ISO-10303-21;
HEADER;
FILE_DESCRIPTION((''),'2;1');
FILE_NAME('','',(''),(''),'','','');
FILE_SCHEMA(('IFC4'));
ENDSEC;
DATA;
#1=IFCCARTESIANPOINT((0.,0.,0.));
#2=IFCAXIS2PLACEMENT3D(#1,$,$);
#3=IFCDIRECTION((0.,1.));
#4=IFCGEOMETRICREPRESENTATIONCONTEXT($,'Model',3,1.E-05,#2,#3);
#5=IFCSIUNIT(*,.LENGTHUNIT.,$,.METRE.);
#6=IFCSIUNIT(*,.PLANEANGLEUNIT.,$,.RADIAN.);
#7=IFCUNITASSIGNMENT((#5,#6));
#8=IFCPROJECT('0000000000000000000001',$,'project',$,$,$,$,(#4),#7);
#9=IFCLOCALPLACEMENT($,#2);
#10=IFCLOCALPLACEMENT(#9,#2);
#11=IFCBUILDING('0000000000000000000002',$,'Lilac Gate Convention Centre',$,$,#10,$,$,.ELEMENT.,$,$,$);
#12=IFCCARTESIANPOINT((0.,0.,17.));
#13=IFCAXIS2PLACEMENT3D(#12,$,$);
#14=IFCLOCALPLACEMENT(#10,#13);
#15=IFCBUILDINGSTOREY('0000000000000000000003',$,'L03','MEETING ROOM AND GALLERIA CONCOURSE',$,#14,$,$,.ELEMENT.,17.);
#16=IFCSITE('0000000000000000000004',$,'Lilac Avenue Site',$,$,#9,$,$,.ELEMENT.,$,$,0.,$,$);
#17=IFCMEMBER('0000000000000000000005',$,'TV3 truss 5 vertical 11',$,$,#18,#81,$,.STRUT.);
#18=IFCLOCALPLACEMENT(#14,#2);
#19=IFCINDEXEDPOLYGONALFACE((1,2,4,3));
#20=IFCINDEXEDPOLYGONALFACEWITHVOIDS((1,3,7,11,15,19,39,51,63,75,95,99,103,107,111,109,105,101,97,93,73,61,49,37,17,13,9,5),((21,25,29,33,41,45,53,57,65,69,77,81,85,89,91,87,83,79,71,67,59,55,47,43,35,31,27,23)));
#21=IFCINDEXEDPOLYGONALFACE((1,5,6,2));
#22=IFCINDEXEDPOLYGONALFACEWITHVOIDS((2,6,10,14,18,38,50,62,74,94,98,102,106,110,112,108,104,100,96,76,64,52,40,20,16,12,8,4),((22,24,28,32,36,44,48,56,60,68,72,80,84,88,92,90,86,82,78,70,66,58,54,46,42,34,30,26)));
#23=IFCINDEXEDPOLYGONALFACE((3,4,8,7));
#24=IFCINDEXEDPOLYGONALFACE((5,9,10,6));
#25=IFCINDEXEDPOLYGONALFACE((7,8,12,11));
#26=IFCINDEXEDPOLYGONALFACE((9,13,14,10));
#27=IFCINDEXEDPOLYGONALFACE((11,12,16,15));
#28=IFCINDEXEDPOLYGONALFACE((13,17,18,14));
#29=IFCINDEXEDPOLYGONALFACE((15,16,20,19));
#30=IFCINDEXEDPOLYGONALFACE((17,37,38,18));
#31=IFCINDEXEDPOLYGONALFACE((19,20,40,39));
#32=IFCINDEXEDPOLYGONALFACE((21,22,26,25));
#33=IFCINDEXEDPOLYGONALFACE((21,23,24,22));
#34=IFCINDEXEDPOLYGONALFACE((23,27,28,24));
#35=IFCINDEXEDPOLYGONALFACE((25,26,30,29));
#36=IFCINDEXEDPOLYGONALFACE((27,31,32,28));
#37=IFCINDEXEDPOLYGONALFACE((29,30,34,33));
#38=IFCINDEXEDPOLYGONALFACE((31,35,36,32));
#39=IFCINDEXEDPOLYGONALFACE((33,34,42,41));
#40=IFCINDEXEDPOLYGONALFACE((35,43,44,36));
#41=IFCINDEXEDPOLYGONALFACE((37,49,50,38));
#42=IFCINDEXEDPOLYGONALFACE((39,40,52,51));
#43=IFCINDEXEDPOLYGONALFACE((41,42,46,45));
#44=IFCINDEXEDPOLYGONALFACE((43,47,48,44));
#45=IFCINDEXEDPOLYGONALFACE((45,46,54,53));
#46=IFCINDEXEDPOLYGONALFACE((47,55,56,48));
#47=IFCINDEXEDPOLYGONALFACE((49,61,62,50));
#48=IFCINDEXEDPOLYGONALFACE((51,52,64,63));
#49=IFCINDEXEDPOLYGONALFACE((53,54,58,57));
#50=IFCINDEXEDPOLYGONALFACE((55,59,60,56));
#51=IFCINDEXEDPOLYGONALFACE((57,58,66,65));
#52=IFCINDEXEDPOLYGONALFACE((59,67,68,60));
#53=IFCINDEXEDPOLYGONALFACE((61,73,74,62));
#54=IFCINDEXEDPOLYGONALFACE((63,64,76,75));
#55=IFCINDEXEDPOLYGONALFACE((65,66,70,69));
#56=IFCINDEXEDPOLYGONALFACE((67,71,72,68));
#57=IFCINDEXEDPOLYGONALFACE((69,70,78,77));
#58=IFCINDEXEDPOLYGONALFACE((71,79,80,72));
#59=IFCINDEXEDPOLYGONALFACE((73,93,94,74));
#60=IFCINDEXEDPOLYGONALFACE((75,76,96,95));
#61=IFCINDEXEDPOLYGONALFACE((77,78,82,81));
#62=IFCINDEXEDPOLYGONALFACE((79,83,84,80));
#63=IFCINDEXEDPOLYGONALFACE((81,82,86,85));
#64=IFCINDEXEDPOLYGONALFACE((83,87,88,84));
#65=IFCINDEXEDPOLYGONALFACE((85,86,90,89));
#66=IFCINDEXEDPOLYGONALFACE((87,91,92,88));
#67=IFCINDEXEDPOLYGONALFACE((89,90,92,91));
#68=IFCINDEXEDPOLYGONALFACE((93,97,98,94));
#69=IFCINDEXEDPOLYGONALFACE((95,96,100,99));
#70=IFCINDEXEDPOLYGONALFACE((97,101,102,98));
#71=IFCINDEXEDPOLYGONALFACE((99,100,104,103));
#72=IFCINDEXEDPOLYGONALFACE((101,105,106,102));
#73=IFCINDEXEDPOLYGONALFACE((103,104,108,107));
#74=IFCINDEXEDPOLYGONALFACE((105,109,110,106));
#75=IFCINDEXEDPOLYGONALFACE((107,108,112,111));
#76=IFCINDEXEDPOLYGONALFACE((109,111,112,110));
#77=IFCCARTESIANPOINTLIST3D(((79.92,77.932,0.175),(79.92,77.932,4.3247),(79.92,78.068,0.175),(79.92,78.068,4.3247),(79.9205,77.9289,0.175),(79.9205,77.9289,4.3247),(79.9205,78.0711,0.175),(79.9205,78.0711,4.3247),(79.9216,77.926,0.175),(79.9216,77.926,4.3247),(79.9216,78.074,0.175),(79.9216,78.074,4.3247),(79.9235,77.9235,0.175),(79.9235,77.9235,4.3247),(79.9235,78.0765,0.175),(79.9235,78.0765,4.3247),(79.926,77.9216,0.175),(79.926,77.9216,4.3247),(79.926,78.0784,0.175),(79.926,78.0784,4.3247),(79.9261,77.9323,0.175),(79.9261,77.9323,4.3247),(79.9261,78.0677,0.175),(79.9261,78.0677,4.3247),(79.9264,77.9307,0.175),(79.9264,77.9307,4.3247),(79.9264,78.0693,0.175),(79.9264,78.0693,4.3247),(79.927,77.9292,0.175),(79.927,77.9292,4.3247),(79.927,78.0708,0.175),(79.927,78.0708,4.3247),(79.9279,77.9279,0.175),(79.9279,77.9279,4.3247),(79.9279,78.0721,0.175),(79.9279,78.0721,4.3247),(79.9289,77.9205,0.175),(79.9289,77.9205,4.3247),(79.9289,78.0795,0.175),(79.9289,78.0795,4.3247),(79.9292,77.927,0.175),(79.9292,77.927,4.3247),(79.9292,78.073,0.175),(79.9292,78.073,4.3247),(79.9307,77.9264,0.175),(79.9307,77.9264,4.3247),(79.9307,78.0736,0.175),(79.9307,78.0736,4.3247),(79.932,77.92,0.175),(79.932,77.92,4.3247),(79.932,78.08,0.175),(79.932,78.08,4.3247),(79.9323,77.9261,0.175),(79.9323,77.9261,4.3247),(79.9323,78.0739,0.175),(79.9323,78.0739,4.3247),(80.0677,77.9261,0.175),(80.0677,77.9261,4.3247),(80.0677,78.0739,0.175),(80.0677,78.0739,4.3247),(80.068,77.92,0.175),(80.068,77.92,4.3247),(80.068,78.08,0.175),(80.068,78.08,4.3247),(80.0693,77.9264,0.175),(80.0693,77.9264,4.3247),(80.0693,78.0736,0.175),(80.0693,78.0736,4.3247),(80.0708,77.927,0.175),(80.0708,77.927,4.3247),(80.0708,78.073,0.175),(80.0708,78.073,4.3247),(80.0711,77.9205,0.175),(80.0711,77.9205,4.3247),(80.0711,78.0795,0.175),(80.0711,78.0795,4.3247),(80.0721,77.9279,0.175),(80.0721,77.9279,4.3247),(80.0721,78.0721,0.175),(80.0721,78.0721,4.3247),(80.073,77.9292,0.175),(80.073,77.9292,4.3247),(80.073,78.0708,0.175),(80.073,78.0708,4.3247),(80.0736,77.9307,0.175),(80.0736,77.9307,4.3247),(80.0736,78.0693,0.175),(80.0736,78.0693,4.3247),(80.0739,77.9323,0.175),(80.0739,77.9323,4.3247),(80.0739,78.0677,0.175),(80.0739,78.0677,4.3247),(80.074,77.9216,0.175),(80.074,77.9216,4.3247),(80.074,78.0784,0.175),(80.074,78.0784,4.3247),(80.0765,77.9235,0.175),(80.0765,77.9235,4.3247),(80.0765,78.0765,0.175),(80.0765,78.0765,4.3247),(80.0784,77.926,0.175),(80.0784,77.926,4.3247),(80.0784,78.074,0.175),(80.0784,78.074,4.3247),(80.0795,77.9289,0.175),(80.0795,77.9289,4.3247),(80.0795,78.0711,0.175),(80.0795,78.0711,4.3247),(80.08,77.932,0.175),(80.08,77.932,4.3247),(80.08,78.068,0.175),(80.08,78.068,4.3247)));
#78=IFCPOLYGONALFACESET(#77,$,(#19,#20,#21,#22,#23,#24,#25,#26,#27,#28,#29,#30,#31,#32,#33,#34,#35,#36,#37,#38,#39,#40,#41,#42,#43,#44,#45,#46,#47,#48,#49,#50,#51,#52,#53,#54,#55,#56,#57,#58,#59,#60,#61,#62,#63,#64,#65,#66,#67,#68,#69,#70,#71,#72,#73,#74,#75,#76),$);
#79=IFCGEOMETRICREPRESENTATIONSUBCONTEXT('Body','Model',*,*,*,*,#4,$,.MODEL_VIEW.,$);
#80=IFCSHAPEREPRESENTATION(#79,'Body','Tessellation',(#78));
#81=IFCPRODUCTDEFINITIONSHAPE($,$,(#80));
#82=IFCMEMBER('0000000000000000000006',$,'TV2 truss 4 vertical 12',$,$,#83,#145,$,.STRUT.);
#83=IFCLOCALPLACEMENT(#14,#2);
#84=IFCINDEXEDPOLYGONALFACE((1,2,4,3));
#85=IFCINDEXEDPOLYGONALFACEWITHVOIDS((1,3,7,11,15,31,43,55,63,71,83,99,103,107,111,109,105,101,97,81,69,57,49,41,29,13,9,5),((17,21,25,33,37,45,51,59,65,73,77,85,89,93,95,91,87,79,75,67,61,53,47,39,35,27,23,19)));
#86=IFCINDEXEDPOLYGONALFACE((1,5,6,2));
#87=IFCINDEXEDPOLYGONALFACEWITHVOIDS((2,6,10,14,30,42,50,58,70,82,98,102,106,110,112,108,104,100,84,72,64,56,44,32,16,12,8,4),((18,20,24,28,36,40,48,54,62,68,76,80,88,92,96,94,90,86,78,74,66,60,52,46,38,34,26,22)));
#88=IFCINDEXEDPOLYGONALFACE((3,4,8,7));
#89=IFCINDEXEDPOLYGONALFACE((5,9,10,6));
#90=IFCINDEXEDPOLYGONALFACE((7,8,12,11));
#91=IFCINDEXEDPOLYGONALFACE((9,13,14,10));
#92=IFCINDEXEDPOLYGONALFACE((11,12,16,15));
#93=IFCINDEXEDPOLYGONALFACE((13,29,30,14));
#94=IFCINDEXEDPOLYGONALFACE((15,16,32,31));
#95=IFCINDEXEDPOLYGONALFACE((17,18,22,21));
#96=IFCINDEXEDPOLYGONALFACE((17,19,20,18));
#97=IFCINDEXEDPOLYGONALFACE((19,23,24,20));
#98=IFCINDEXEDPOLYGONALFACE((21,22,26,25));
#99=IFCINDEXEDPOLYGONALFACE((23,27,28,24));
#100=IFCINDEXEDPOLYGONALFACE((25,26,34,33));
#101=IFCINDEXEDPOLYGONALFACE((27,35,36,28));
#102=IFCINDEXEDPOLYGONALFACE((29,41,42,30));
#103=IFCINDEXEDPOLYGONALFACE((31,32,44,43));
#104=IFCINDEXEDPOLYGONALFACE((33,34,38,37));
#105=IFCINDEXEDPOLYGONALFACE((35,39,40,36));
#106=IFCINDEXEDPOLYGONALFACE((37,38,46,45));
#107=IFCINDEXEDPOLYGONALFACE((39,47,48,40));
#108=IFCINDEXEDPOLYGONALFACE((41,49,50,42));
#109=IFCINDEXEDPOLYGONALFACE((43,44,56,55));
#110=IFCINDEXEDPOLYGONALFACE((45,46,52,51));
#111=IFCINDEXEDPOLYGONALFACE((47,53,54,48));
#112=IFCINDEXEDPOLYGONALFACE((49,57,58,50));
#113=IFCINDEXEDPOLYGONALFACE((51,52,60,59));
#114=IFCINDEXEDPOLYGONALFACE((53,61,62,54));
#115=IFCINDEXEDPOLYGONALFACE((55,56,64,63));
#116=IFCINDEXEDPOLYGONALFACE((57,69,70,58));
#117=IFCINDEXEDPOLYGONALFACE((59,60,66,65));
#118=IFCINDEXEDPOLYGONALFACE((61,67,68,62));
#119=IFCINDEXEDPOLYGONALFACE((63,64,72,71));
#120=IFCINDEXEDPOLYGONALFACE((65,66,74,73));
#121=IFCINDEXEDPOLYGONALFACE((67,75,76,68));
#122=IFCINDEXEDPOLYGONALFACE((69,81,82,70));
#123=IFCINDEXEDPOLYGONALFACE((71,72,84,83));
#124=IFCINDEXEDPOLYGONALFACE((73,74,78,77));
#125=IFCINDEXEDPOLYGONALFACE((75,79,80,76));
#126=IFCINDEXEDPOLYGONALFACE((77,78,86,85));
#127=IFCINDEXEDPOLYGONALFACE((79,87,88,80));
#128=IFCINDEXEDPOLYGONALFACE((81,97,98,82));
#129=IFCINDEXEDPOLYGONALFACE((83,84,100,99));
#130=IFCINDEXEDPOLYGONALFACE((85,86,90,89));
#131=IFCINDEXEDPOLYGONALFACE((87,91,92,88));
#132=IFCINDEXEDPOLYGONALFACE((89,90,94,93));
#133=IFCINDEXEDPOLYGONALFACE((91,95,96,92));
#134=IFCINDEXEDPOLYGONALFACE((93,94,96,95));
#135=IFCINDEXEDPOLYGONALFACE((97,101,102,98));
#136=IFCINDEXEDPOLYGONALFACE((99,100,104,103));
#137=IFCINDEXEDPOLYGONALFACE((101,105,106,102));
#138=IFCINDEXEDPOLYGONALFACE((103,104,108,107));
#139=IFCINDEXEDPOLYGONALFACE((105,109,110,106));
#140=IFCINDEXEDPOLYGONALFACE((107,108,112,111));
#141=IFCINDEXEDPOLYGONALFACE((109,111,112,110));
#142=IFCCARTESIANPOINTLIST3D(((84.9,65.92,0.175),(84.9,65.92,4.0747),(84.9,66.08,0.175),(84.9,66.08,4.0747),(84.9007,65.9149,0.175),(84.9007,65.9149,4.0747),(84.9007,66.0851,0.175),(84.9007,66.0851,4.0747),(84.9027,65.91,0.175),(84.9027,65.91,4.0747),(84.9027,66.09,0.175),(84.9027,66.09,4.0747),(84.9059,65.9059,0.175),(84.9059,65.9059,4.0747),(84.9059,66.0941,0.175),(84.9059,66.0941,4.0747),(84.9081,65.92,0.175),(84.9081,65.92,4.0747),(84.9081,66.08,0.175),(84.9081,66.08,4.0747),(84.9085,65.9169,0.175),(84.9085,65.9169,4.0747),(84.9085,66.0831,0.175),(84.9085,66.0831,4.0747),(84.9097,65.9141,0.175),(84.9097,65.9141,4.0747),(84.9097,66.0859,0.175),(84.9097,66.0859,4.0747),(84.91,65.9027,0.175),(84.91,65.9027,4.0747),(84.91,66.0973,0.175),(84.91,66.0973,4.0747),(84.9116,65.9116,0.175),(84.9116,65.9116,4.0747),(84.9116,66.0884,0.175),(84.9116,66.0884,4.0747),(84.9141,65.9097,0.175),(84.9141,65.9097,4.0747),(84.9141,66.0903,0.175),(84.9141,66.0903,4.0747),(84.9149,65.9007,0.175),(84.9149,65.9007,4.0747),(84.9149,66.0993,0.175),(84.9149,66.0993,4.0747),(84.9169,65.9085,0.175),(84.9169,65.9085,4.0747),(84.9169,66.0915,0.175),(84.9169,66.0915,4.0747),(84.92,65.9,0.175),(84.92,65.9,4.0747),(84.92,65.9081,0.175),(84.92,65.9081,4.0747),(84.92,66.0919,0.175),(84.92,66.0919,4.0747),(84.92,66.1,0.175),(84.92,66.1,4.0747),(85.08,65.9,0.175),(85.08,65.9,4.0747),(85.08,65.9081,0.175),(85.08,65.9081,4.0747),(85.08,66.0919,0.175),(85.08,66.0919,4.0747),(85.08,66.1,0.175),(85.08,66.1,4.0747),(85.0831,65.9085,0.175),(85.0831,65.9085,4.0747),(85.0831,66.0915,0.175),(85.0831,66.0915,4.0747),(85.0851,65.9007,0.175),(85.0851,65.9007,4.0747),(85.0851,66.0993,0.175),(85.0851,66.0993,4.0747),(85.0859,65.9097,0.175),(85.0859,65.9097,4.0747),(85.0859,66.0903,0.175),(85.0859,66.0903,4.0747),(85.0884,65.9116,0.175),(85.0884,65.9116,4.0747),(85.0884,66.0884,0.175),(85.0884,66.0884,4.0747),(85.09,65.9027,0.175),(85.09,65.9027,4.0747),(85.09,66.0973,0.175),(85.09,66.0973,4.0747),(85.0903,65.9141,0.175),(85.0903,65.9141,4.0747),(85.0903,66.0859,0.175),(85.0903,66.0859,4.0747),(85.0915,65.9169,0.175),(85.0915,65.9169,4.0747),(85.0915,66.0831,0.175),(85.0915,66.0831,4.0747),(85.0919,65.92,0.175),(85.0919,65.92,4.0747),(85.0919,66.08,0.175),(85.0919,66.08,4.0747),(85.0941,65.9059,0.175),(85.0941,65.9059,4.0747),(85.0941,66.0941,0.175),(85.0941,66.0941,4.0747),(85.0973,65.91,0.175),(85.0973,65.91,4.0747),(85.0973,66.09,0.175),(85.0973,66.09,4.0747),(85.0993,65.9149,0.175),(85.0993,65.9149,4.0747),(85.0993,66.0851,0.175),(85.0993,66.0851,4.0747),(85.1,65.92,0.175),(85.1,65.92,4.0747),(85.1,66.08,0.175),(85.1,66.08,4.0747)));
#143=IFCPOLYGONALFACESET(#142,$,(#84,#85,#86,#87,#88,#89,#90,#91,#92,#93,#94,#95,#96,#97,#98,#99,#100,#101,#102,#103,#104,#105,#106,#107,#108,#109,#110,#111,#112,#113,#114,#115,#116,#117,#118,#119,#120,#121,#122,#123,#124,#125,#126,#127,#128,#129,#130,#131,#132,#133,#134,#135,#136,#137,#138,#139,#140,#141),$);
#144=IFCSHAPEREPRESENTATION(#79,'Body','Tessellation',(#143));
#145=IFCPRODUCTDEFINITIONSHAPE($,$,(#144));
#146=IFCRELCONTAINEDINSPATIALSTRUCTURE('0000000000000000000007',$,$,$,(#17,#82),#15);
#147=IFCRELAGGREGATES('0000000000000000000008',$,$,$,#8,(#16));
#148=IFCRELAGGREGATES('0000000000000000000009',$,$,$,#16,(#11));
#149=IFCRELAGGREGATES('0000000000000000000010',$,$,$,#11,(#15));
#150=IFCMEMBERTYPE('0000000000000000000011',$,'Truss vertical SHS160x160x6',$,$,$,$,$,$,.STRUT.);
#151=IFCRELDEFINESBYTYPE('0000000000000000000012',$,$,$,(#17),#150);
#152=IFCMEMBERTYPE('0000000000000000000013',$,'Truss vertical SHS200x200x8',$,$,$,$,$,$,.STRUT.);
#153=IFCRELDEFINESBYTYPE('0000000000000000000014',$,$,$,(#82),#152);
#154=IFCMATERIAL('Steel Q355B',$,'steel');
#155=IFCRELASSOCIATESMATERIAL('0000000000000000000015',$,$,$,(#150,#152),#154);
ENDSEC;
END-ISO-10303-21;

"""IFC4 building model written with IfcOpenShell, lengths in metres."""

from ifc_helpers import new_model, si_unit, direction, frame, origin, origin_2d, place, context, subcontext, project, spatial, hollow_rectangle, extrude, material, material_profile, profile_set, type_object, element, save


model = new_model("IFC4")

# Units and contexts
model_context = context("Model", 3, precision=1e-05, world=origin(), true_north=direction((0.0, 1.0)))
body_context = subcontext(model_context, "Body", "Model", "MODEL_VIEW")
ifc_project = project(units=[si_unit("LENGTHUNIT", "METRE"), si_unit("PLANEANGLEUNIT", "RADIAN")], contexts=[model_context])

# Site, building, storey
site_placement = place(None, origin())
site = spatial("IfcSite", under=ifc_project, at=site_placement, Name="Lilac Avenue Site", CompositionType="ELEMENT", RefElevation=0.0)
building_placement = place(site_placement, origin())
building = spatial("IfcBuilding", under=site, at=building_placement, Name="Lilac Gate Convention Centre", CompositionType="ELEMENT")
storey_placement = place(building_placement, frame((0.0, 0.0, 17.0)))
storey = spatial("IfcBuildingStorey", under=building, at=storey_placement, Name="L03", Description="MEETING ROOM AND GALLERIA CONCOURSE", CompositionType="ELEMENT", Elevation=17.0)

# Members
ifc_material = material(Name="Steel Q355B", Category="steel")
ifc_material_profile_1 = material_profile(ifc_material, hollow_rectangle(XDim=0.1599, YDim=0.1599, WallThickness=0.0061, InnerFilletRadius=0.0061, OuterFilletRadius=0.012, at=origin_2d()), Name="SHS160x160x6")
ifc_profile_set_1 = profile_set([ifc_material_profile_1], Name="Steel Q355B")
member_type_1 = type_object("IfcMemberType", Name="Truss vertical SHS160x160x6", PredefinedType="STRUT", material=ifc_profile_set_1)
member_1_placement = place(storey_placement, frame((80.0, 78.0, 0.175), z_axis=(0.0, 0.0, 1.0), x_axis=(1.0, 0.0, 0.0)))
element("IfcMember", 1, at=member_1_placement, inside=storey, type_object=member_type_1, Name="TV3 truss 5 vertical 11", PredefinedType="STRUT", context=body_context, shape_type="SweptSolid", body=[
    extrude(hollow_rectangle(XDim=0.1599, YDim=0.1599, WallThickness=0.0061, InnerFilletRadius=0.0061, OuterFilletRadius=0.012, at=origin_2d()), origin(), (0.0, 0.0, 1.0), 4.1497),
])
ifc_material_profile_2 = material_profile(ifc_material, hollow_rectangle(XDim=0.2, YDim=0.2, WallThickness=0.0081, InnerFilletRadius=0.012, OuterFilletRadius=0.02, at=origin_2d()), Name="SHS200x200x8")
ifc_profile_set_2 = profile_set([ifc_material_profile_2], Name="Steel Q355B")
member_type_2 = type_object("IfcMemberType", Name="Truss vertical SHS200x200x8", PredefinedType="STRUT", material=ifc_profile_set_2)
for number, where, z_axis, x_axis, name in (
    (2, (85.0, 66.0, 0.175), (0.0, 0.0, 1.0), (1.0, 0.0, 0.0), "TV2 truss 4 vertical 12"),
):
    element("IfcMember", number, at=place(storey_placement, frame(where, z_axis=z_axis, x_axis=x_axis)), inside=storey, type_object=member_type_2, Name=name, PredefinedType="STRUT", context=body_context, shape_type="SweptSolid", body=[
        extrude(hollow_rectangle(XDim=0.2, YDim=0.2, WallThickness=0.0081, InnerFilletRadius=0.012, OuterFilletRadius=0.02, at=origin_2d()), origin(), (0.0, 0.0, 1.0), 3.8997),
    ])

save(model, "model.ifc")
